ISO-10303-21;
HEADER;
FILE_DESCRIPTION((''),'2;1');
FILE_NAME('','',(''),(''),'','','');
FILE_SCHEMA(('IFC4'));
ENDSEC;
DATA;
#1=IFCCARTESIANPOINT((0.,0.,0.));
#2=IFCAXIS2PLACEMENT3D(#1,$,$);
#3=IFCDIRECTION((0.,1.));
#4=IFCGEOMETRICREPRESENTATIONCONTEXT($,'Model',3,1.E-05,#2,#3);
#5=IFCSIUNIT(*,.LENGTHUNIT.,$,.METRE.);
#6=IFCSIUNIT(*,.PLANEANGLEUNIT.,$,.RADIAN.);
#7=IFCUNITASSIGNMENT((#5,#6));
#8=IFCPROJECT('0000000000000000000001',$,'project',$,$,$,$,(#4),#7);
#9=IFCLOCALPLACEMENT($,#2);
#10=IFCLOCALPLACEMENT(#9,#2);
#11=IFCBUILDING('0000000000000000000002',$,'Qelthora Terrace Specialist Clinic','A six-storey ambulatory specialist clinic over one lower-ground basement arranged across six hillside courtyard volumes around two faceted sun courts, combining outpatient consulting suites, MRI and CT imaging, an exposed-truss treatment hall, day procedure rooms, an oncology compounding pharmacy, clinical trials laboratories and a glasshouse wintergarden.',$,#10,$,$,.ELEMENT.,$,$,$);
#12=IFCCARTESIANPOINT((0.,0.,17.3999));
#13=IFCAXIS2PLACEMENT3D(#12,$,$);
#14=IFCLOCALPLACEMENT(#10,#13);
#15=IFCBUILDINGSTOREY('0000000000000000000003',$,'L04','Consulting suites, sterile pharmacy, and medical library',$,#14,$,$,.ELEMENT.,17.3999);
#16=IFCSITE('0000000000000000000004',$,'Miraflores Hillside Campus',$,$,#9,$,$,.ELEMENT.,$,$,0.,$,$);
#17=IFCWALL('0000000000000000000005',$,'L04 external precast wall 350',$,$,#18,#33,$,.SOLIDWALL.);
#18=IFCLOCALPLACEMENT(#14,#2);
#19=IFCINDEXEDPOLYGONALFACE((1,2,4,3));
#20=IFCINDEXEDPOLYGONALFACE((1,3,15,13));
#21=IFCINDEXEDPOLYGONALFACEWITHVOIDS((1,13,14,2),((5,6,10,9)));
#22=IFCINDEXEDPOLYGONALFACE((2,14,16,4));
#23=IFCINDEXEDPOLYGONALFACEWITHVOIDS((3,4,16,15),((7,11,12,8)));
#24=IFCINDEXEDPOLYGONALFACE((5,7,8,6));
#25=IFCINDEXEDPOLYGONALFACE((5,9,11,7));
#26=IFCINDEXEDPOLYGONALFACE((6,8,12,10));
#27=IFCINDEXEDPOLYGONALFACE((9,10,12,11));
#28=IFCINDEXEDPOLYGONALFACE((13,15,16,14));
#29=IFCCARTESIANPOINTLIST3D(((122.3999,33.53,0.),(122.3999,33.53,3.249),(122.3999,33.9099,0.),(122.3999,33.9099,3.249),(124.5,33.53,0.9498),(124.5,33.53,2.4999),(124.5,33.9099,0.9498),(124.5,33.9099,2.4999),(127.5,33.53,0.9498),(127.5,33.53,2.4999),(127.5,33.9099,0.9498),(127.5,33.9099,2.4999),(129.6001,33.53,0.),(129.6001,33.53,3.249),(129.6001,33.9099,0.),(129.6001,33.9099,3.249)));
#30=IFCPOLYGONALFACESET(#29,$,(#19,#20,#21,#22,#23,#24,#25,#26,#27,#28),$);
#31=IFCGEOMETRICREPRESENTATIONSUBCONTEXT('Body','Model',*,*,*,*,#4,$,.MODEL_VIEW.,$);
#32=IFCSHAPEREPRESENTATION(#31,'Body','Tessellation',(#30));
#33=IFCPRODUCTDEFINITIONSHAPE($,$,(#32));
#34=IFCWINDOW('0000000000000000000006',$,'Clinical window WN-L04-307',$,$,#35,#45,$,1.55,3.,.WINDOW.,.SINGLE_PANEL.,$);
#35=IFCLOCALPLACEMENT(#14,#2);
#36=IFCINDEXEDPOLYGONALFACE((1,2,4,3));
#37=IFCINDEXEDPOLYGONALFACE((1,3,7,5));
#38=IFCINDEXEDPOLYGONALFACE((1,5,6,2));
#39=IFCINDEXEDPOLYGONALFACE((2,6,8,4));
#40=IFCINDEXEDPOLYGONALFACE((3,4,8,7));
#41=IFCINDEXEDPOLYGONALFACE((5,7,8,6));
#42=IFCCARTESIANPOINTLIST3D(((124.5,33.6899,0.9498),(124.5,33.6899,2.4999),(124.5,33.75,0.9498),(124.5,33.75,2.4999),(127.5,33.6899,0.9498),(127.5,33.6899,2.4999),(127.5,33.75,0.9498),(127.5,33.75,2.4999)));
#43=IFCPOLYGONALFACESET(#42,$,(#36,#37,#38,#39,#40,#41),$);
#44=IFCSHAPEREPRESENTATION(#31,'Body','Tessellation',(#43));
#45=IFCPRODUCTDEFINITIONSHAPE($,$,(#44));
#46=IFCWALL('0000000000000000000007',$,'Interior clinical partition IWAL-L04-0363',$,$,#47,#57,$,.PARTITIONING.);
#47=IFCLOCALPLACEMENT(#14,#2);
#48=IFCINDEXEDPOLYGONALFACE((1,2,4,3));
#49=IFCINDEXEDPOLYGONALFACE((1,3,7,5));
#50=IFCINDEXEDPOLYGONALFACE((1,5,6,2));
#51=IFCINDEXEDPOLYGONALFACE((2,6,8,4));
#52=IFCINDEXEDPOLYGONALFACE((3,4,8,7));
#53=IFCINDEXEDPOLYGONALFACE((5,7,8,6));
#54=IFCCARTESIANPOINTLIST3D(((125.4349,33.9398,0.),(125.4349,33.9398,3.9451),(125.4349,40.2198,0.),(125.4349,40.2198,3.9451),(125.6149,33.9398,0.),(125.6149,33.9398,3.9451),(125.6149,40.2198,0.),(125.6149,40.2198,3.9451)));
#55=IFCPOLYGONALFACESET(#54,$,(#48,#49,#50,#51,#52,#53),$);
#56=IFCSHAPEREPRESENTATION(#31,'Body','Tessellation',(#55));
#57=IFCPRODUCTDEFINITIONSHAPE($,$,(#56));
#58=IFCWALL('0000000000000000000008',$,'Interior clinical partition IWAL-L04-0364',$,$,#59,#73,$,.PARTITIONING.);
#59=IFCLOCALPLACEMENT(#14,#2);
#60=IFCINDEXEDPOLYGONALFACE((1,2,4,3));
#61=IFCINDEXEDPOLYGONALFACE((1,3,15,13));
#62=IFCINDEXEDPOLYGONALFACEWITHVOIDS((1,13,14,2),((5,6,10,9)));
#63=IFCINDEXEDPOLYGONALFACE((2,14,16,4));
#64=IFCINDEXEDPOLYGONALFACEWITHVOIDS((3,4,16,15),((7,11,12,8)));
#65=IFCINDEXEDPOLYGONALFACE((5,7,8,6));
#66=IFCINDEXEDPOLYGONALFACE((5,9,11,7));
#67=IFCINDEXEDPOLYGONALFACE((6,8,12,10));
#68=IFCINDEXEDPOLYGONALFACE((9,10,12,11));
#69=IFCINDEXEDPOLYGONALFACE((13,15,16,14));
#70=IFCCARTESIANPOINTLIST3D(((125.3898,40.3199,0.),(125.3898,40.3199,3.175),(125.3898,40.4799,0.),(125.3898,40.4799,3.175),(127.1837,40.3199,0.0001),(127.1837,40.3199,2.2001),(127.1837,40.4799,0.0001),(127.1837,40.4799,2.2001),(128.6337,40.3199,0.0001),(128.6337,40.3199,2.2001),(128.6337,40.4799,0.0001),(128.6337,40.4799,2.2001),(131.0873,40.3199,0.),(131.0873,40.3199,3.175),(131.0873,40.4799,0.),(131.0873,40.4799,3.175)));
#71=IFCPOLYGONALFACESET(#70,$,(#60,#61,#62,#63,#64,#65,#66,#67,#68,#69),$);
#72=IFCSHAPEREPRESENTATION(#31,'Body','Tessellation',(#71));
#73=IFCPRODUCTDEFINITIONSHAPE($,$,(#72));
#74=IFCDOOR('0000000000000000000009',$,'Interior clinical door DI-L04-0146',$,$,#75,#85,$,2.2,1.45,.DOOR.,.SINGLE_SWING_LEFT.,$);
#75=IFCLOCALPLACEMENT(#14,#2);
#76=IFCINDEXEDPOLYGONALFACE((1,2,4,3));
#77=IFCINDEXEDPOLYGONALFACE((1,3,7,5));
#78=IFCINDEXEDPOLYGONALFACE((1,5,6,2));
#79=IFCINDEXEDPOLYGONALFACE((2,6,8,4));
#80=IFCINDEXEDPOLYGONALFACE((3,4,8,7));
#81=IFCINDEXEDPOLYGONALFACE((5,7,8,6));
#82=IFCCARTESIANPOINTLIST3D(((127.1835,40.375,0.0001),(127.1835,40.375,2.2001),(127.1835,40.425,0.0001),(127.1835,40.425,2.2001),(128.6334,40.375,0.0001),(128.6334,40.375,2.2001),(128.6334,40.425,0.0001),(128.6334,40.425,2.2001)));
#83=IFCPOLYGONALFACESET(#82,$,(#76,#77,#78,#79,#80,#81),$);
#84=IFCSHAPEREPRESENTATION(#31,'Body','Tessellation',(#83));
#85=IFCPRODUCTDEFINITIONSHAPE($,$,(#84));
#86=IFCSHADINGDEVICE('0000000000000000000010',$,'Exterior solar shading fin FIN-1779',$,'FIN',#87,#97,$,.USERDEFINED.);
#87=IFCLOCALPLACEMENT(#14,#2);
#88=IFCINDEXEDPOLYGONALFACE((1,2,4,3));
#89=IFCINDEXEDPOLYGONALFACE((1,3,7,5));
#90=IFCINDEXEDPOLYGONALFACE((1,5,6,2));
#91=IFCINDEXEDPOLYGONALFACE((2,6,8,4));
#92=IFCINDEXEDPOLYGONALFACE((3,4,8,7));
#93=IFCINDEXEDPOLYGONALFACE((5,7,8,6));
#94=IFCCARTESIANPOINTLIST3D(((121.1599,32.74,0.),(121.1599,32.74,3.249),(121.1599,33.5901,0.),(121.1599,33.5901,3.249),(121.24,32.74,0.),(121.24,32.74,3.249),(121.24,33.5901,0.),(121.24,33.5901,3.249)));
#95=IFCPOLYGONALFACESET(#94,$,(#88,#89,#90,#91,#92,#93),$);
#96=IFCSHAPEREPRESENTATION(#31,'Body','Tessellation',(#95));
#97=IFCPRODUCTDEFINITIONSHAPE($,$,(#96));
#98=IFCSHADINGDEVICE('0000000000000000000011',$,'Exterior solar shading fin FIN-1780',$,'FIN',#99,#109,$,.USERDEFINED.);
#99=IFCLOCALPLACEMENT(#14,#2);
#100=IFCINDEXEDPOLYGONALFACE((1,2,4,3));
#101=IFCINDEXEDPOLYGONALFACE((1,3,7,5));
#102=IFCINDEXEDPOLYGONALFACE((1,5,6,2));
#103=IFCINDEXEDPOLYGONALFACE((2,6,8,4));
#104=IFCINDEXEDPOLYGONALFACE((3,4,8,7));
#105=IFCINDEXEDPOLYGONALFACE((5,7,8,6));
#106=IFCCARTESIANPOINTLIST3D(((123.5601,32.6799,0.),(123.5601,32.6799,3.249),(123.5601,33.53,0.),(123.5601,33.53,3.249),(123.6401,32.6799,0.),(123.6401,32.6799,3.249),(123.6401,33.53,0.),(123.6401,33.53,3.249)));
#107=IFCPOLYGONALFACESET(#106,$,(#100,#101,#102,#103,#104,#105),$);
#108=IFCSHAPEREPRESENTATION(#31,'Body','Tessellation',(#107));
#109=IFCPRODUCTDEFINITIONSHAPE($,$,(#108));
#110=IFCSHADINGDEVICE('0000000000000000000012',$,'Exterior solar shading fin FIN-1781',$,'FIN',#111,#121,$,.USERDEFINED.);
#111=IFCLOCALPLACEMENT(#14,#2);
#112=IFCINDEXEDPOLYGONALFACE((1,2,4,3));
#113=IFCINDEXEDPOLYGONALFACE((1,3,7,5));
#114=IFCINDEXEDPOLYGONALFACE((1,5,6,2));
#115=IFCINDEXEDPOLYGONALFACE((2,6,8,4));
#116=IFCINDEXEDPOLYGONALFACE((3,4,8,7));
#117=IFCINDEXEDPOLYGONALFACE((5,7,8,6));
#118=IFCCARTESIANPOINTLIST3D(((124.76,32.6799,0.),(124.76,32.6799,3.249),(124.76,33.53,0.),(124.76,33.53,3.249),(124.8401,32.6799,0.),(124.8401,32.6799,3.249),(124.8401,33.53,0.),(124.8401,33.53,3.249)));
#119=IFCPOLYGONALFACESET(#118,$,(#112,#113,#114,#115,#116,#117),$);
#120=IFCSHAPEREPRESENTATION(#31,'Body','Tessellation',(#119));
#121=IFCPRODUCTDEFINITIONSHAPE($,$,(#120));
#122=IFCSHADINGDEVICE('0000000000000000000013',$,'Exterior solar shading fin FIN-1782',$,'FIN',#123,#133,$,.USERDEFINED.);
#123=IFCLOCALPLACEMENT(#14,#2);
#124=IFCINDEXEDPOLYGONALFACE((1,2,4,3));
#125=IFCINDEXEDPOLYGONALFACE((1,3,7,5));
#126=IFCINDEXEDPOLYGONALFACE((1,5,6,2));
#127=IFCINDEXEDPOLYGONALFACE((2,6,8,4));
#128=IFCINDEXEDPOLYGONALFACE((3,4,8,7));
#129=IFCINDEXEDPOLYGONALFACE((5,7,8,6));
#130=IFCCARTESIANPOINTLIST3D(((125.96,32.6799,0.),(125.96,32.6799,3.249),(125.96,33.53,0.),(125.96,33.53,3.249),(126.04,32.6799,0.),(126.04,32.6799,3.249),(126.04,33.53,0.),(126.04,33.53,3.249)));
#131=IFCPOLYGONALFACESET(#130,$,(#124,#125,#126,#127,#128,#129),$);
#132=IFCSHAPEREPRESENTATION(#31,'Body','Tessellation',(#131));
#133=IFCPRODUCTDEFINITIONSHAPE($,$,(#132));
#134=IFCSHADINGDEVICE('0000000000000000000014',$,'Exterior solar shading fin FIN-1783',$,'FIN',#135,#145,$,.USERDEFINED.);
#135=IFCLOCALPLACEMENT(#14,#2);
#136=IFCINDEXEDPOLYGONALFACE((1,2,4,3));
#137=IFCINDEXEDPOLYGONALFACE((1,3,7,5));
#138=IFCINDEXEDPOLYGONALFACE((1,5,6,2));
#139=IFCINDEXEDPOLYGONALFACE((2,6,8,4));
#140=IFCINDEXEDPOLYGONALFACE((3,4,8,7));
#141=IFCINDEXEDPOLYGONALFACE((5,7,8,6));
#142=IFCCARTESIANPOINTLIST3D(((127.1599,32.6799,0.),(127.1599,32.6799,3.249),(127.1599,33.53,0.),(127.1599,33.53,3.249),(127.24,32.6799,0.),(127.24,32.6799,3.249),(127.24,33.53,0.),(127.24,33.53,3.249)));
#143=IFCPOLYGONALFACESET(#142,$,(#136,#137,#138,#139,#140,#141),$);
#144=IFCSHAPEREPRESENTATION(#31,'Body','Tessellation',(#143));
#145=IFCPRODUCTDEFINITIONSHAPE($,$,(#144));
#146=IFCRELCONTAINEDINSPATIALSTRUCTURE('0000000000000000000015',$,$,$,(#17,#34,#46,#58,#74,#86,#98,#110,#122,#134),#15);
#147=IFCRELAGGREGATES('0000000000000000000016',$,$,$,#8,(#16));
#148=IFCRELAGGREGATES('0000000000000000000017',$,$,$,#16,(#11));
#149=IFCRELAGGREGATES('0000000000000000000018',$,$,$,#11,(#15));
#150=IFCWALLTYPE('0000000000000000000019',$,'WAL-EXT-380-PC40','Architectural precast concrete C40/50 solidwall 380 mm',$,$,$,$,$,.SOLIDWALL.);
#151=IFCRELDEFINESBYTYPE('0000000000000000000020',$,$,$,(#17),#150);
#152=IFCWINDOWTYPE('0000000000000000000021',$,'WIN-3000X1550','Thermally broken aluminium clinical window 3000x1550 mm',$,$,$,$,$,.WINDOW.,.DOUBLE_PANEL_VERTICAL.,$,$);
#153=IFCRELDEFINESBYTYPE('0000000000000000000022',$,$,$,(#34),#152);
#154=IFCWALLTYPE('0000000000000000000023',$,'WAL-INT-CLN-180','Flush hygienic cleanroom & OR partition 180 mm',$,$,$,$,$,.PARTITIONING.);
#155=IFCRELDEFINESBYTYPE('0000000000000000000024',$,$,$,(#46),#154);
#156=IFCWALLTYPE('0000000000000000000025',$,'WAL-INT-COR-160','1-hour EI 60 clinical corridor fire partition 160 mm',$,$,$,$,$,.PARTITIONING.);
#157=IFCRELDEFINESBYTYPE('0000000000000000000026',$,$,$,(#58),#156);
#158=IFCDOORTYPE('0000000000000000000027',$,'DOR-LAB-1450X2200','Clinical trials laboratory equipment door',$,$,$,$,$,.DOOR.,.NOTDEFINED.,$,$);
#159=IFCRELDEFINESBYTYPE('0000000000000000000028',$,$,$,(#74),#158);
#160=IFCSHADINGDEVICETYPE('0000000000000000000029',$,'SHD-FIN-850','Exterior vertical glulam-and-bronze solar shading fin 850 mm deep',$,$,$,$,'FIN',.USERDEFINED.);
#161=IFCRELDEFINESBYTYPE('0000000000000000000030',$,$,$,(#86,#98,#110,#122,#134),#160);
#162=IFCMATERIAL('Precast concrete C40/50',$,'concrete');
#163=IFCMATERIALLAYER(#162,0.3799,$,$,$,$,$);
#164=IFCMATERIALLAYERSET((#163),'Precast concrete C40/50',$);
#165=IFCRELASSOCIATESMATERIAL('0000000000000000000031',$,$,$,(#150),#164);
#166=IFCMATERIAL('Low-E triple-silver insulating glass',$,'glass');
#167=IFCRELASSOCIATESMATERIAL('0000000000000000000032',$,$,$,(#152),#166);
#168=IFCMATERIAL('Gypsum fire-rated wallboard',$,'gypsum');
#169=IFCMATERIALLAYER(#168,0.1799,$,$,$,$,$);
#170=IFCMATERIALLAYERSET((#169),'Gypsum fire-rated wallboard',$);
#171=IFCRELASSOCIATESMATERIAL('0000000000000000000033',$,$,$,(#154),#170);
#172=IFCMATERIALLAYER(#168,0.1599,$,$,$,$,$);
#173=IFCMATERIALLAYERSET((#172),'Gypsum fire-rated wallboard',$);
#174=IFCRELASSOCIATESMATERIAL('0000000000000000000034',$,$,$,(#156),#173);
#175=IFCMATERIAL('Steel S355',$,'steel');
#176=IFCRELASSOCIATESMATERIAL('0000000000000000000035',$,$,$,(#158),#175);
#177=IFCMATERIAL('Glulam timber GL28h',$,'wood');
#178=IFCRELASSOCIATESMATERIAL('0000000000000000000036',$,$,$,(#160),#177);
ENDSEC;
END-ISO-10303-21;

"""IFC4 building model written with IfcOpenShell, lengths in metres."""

from ifc_helpers import new_model, si_unit, direction, frame, frame_2d, origin, origin_2d, place, context, subcontext, project, spatial, rectangle, extrude, material, layer, layer_set, type_object, element, fill, save


model = new_model("IFC4")

# Units and contexts
model_context = context("Model", 3, precision=1e-05, world=origin(), true_north=direction((0.0, 1.0)))
body_context = subcontext(model_context, "Body", "Model", "MODEL_VIEW")
ifc_project = project(units=[si_unit("LENGTHUNIT", "METRE"), si_unit("PLANEANGLEUNIT", "RADIAN")], contexts=[model_context])

# Site, building, storey
site_placement = place(None, origin())
site = spatial("IfcSite", under=ifc_project, at=site_placement, Name="Miraflores Hillside Campus", CompositionType="ELEMENT", RefElevation=0.0)
building_placement = place(site_placement, origin())
building = spatial("IfcBuilding", under=site, at=building_placement, Name="Qelthora Terrace Specialist Clinic", Description="A six-storey ambulatory specialist clinic over one lower-ground basement arranged across six hillside courtyard volumes around two faceted sun courts, combining outpatient consulting suites, MRI and CT imaging, an exposed-truss treatment hall, day procedure rooms, an oncology compounding pharmacy, clinical trials laboratories and a glasshouse wintergarden.", CompositionType="ELEMENT")
storey_placement = place(building_placement, frame((0.0, 0.0, 17.3999)))
storey = spatial("IfcBuildingStorey", under=building, at=storey_placement, Name="L04", Description="Consulting suites, sterile pharmacy, and medical library", CompositionType="ELEMENT", Elevation=17.3999)

# Shared definitions
ifc_material_1 = material(Name="Steel S355", Category="steel")

# Shared definitions
ifc_material_2 = material(Name="Glulam timber GL28h", Category="wood")

# Wall, opening, window
ifc_material_3 = material(Name="Precast concrete C40/50", Category="concrete")
ifc_material_4 = material(Name="Low-E triple-silver insulating glass", Category="glass")
ifc_layer_1 = layer(ifc_material_3, 0.3799)
ifc_layer_set_1 = layer_set([ifc_layer_1], Name="Precast concrete C40/50")
wall_type_1 = type_object("IfcWallType", Name="WAL-EXT-380-PC40", Description="Architectural precast concrete C40/50 solidwall 380 mm", PredefinedType="SOLIDWALL", material=ifc_layer_set_1)
wall_1_placement = place(storey_placement, frame((122.3999, 33.72, 0.0), z_axis=(0.0, 0.0, 1.0), x_axis=(1.0, 0.0, 0.0)))
wall_1 = element("IfcWall", 1, at=wall_1_placement, inside=storey, type_object=wall_type_1, Name="L04 external precast wall 350", PredefinedType="SOLIDWALL", context=body_context, shape_type="SweptSolid", body=[
    extrude(rectangle(XDim=7.2002, YDim=0.3799, at=frame_2d((3.6001, 0.0))), origin(), (0.0, 0.0, 1.0), 3.249),
])
opening_1_placement = place(wall_1_placement, frame((2.1001, 0.0, 0.95)))
opening_1 = element("IfcOpeningElement", 2, at=opening_1_placement, cuts=wall_1, PredefinedType="OPENING", context=body_context, shape_type="SweptSolid", body=[
    extrude(rectangle(XDim=3.0, YDim=1.55, at=frame_2d((1.5, 0.7749))), frame((0.0, 0.2, 0.0), z_axis=(0.0, -1.0, 0.0), x_axis=(1.0, 0.0, 0.0)), (0.0, 0.0, 1.0), 0.3999),
])
window_type_1 = type_object("IfcWindowType", Name="WIN-3000X1550", Description="Thermally broken aluminium clinical window 3000x1550 mm", PartitioningType="DOUBLE_PANEL_VERTICAL", PredefinedType="WINDOW", material=ifc_material_4)
window_1_placement = place(opening_1_placement, origin())
window_1 = element("IfcWindow", 3, at=window_1_placement, inside=storey, type_object=window_type_1, Name="Clinical window WN-L04-307", OverallHeight=1.55, OverallWidth=3.0, PartitioningType="SINGLE_PANEL", PredefinedType="WINDOW", context=body_context, shape_type="SweptSolid", body=[
    extrude(rectangle(XDim=3.0, YDim=1.55, at=frame_2d((1.5, 0.7749))), frame((0.0, 0.03, 0.0), z_axis=(0.0, -1.0, 0.0), x_axis=(1.0, 0.0, 0.0)), (0.0, 0.0, 1.0), 0.0601),
])
fill(opening_1, window_1)

# Wall
ifc_material_5 = material(Name="Gypsum fire-rated wallboard", Category="gypsum")
ifc_layer_2 = layer(ifc_material_5, 0.1799)
ifc_layer_set_2 = layer_set([ifc_layer_2], Name="Gypsum fire-rated wallboard")
wall_type_2 = type_object("IfcWallType", Name="WAL-INT-CLN-180", Description="Flush hygienic cleanroom & OR partition 180 mm", PredefinedType="PARTITIONING", material=ifc_layer_set_2)
wall_2_placement = place(storey_placement, frame((125.5249, 40.22, 0.0), z_axis=(0.0, 0.0, 1.0), x_axis=(0.0, -1.0, 0.0)))
element("IfcWall", 4, at=wall_2_placement, inside=storey, type_object=wall_type_2, Name="Interior clinical partition IWAL-L04-0363", PredefinedType="PARTITIONING", context=body_context, shape_type="SweptSolid", body=[
    extrude(rectangle(XDim=6.28, YDim=0.1799, at=frame_2d((3.1401, 0.0))), origin(), (0.0, 0.0, 1.0), 3.9451),
])

# Wall, opening, door
ifc_layer_3 = layer(ifc_material_5, 0.1599)
ifc_layer_set_3 = layer_set([ifc_layer_3], Name="Gypsum fire-rated wallboard")
wall_type_3 = type_object("IfcWallType", Name="WAL-INT-COR-160", Description="1-hour EI 60 clinical corridor fire partition 160 mm", PredefinedType="PARTITIONING", material=ifc_layer_set_3)
wall_3_placement = place(storey_placement, frame((125.3899, 40.3999, 0.0), z_axis=(0.0, 0.0, 1.0), x_axis=(1.0, 0.0, 0.0)))
wall_3 = element("IfcWall", 5, at=wall_3_placement, inside=storey, type_object=wall_type_3, Name="Interior clinical partition IWAL-L04-0364", PredefinedType="PARTITIONING", context=body_context, shape_type="SweptSolid", body=[
    extrude(rectangle(XDim=5.6975, YDim=0.1599, at=frame_2d((2.8486, 0.0))), origin(), (0.0, 0.0, 1.0), 3.175),
])
opening_2_placement = place(wall_3_placement, frame((1.7937, 0.0, 0.0)))
opening_2 = element("IfcOpeningElement", 6, at=opening_2_placement, cuts=wall_3, PredefinedType="OPENING", context=body_context, shape_type="SweptSolid", body=[
    extrude(rectangle(XDim=1.45, YDim=2.2, at=frame_2d((0.7251, 1.1001))), frame((0.0, 0.0898, 0.0), z_axis=(0.0, -1.0, 0.0), x_axis=(1.0, 0.0, 0.0)), (0.0, 0.0, 1.0), 0.1799),
])
door_type = type_object("IfcDoorType", Name="DOR-LAB-1450X2200", Description="Clinical trials laboratory equipment door", OperationType="NOTDEFINED", PredefinedType="DOOR", material=ifc_material_1)
door_placement = place(opening_2_placement, frame((1.45, 0.0, 0.0), z_axis=(0.0, 0.0, 1.0), x_axis=(-1.0, 0.0, 0.0)))
door = element("IfcDoor", 7, at=door_placement, inside=storey, type_object=door_type, Name="Interior clinical door DI-L04-0146", OperationType="SINGLE_SWING_LEFT", OverallHeight=2.2, OverallWidth=1.45, PredefinedType="DOOR", context=body_context, shape_type="SweptSolid", body=[
    extrude(rectangle(XDim=1.45, YDim=2.2, at=frame_2d((0.7251, 1.1001))), frame((0.0, 0.0249, 0.0), z_axis=(0.0, -1.0, 0.0), x_axis=(1.0, 0.0, 0.0)), (0.0, 0.0, 1.0), 0.05),
])
fill(opening_2, door)

# Shading devices
shading_device_type = type_object("IfcShadingDeviceType", Name="SHD-FIN-850", Description="Exterior vertical glulam-and-bronze solar shading fin 850 mm deep", ElementType="FIN", PredefinedType="USERDEFINED", material=ifc_material_2)
for number, where, z_axis, x_axis, name in (
    (8, (121.2, 33.165, 0.0), (0.0, 0.0, 1.0), (0.0, -1.0, 0.0), "Exterior solar shading fin FIN-1779"),
    (9, (123.6001, 33.105, 0.0), (0.0, 0.0, 1.0), (0.0, -1.0, 0.0), "Exterior solar shading fin FIN-1780"),
    (10, (124.8, 33.105, 0.0), (0.0, 0.0, 1.0), (0.0, -1.0, 0.0), "Exterior solar shading fin FIN-1781"),
    (11, (126.0, 33.105, 0.0), (0.0, 0.0, 1.0), (0.0, -1.0, 0.0), "Exterior solar shading fin FIN-1782"),
    (12, (127.2, 33.105, 0.0), (0.0, 0.0, 1.0), (0.0, -1.0, 0.0), "Exterior solar shading fin FIN-1783"),
):
    element("IfcShadingDevice", number, at=place(storey_placement, frame(where, z_axis=z_axis, x_axis=x_axis)), inside=storey, type_object=shading_device_type, Name=name, ObjectType="FIN", PredefinedType="USERDEFINED", context=body_context, shape_type="SweptSolid", body=[
        extrude(rectangle(XDim=0.8501, YDim=0.0801, at=origin_2d()), origin(), (0.0, 0.0, 1.0), 3.249),
    ])

save(model, "model.ifc")
